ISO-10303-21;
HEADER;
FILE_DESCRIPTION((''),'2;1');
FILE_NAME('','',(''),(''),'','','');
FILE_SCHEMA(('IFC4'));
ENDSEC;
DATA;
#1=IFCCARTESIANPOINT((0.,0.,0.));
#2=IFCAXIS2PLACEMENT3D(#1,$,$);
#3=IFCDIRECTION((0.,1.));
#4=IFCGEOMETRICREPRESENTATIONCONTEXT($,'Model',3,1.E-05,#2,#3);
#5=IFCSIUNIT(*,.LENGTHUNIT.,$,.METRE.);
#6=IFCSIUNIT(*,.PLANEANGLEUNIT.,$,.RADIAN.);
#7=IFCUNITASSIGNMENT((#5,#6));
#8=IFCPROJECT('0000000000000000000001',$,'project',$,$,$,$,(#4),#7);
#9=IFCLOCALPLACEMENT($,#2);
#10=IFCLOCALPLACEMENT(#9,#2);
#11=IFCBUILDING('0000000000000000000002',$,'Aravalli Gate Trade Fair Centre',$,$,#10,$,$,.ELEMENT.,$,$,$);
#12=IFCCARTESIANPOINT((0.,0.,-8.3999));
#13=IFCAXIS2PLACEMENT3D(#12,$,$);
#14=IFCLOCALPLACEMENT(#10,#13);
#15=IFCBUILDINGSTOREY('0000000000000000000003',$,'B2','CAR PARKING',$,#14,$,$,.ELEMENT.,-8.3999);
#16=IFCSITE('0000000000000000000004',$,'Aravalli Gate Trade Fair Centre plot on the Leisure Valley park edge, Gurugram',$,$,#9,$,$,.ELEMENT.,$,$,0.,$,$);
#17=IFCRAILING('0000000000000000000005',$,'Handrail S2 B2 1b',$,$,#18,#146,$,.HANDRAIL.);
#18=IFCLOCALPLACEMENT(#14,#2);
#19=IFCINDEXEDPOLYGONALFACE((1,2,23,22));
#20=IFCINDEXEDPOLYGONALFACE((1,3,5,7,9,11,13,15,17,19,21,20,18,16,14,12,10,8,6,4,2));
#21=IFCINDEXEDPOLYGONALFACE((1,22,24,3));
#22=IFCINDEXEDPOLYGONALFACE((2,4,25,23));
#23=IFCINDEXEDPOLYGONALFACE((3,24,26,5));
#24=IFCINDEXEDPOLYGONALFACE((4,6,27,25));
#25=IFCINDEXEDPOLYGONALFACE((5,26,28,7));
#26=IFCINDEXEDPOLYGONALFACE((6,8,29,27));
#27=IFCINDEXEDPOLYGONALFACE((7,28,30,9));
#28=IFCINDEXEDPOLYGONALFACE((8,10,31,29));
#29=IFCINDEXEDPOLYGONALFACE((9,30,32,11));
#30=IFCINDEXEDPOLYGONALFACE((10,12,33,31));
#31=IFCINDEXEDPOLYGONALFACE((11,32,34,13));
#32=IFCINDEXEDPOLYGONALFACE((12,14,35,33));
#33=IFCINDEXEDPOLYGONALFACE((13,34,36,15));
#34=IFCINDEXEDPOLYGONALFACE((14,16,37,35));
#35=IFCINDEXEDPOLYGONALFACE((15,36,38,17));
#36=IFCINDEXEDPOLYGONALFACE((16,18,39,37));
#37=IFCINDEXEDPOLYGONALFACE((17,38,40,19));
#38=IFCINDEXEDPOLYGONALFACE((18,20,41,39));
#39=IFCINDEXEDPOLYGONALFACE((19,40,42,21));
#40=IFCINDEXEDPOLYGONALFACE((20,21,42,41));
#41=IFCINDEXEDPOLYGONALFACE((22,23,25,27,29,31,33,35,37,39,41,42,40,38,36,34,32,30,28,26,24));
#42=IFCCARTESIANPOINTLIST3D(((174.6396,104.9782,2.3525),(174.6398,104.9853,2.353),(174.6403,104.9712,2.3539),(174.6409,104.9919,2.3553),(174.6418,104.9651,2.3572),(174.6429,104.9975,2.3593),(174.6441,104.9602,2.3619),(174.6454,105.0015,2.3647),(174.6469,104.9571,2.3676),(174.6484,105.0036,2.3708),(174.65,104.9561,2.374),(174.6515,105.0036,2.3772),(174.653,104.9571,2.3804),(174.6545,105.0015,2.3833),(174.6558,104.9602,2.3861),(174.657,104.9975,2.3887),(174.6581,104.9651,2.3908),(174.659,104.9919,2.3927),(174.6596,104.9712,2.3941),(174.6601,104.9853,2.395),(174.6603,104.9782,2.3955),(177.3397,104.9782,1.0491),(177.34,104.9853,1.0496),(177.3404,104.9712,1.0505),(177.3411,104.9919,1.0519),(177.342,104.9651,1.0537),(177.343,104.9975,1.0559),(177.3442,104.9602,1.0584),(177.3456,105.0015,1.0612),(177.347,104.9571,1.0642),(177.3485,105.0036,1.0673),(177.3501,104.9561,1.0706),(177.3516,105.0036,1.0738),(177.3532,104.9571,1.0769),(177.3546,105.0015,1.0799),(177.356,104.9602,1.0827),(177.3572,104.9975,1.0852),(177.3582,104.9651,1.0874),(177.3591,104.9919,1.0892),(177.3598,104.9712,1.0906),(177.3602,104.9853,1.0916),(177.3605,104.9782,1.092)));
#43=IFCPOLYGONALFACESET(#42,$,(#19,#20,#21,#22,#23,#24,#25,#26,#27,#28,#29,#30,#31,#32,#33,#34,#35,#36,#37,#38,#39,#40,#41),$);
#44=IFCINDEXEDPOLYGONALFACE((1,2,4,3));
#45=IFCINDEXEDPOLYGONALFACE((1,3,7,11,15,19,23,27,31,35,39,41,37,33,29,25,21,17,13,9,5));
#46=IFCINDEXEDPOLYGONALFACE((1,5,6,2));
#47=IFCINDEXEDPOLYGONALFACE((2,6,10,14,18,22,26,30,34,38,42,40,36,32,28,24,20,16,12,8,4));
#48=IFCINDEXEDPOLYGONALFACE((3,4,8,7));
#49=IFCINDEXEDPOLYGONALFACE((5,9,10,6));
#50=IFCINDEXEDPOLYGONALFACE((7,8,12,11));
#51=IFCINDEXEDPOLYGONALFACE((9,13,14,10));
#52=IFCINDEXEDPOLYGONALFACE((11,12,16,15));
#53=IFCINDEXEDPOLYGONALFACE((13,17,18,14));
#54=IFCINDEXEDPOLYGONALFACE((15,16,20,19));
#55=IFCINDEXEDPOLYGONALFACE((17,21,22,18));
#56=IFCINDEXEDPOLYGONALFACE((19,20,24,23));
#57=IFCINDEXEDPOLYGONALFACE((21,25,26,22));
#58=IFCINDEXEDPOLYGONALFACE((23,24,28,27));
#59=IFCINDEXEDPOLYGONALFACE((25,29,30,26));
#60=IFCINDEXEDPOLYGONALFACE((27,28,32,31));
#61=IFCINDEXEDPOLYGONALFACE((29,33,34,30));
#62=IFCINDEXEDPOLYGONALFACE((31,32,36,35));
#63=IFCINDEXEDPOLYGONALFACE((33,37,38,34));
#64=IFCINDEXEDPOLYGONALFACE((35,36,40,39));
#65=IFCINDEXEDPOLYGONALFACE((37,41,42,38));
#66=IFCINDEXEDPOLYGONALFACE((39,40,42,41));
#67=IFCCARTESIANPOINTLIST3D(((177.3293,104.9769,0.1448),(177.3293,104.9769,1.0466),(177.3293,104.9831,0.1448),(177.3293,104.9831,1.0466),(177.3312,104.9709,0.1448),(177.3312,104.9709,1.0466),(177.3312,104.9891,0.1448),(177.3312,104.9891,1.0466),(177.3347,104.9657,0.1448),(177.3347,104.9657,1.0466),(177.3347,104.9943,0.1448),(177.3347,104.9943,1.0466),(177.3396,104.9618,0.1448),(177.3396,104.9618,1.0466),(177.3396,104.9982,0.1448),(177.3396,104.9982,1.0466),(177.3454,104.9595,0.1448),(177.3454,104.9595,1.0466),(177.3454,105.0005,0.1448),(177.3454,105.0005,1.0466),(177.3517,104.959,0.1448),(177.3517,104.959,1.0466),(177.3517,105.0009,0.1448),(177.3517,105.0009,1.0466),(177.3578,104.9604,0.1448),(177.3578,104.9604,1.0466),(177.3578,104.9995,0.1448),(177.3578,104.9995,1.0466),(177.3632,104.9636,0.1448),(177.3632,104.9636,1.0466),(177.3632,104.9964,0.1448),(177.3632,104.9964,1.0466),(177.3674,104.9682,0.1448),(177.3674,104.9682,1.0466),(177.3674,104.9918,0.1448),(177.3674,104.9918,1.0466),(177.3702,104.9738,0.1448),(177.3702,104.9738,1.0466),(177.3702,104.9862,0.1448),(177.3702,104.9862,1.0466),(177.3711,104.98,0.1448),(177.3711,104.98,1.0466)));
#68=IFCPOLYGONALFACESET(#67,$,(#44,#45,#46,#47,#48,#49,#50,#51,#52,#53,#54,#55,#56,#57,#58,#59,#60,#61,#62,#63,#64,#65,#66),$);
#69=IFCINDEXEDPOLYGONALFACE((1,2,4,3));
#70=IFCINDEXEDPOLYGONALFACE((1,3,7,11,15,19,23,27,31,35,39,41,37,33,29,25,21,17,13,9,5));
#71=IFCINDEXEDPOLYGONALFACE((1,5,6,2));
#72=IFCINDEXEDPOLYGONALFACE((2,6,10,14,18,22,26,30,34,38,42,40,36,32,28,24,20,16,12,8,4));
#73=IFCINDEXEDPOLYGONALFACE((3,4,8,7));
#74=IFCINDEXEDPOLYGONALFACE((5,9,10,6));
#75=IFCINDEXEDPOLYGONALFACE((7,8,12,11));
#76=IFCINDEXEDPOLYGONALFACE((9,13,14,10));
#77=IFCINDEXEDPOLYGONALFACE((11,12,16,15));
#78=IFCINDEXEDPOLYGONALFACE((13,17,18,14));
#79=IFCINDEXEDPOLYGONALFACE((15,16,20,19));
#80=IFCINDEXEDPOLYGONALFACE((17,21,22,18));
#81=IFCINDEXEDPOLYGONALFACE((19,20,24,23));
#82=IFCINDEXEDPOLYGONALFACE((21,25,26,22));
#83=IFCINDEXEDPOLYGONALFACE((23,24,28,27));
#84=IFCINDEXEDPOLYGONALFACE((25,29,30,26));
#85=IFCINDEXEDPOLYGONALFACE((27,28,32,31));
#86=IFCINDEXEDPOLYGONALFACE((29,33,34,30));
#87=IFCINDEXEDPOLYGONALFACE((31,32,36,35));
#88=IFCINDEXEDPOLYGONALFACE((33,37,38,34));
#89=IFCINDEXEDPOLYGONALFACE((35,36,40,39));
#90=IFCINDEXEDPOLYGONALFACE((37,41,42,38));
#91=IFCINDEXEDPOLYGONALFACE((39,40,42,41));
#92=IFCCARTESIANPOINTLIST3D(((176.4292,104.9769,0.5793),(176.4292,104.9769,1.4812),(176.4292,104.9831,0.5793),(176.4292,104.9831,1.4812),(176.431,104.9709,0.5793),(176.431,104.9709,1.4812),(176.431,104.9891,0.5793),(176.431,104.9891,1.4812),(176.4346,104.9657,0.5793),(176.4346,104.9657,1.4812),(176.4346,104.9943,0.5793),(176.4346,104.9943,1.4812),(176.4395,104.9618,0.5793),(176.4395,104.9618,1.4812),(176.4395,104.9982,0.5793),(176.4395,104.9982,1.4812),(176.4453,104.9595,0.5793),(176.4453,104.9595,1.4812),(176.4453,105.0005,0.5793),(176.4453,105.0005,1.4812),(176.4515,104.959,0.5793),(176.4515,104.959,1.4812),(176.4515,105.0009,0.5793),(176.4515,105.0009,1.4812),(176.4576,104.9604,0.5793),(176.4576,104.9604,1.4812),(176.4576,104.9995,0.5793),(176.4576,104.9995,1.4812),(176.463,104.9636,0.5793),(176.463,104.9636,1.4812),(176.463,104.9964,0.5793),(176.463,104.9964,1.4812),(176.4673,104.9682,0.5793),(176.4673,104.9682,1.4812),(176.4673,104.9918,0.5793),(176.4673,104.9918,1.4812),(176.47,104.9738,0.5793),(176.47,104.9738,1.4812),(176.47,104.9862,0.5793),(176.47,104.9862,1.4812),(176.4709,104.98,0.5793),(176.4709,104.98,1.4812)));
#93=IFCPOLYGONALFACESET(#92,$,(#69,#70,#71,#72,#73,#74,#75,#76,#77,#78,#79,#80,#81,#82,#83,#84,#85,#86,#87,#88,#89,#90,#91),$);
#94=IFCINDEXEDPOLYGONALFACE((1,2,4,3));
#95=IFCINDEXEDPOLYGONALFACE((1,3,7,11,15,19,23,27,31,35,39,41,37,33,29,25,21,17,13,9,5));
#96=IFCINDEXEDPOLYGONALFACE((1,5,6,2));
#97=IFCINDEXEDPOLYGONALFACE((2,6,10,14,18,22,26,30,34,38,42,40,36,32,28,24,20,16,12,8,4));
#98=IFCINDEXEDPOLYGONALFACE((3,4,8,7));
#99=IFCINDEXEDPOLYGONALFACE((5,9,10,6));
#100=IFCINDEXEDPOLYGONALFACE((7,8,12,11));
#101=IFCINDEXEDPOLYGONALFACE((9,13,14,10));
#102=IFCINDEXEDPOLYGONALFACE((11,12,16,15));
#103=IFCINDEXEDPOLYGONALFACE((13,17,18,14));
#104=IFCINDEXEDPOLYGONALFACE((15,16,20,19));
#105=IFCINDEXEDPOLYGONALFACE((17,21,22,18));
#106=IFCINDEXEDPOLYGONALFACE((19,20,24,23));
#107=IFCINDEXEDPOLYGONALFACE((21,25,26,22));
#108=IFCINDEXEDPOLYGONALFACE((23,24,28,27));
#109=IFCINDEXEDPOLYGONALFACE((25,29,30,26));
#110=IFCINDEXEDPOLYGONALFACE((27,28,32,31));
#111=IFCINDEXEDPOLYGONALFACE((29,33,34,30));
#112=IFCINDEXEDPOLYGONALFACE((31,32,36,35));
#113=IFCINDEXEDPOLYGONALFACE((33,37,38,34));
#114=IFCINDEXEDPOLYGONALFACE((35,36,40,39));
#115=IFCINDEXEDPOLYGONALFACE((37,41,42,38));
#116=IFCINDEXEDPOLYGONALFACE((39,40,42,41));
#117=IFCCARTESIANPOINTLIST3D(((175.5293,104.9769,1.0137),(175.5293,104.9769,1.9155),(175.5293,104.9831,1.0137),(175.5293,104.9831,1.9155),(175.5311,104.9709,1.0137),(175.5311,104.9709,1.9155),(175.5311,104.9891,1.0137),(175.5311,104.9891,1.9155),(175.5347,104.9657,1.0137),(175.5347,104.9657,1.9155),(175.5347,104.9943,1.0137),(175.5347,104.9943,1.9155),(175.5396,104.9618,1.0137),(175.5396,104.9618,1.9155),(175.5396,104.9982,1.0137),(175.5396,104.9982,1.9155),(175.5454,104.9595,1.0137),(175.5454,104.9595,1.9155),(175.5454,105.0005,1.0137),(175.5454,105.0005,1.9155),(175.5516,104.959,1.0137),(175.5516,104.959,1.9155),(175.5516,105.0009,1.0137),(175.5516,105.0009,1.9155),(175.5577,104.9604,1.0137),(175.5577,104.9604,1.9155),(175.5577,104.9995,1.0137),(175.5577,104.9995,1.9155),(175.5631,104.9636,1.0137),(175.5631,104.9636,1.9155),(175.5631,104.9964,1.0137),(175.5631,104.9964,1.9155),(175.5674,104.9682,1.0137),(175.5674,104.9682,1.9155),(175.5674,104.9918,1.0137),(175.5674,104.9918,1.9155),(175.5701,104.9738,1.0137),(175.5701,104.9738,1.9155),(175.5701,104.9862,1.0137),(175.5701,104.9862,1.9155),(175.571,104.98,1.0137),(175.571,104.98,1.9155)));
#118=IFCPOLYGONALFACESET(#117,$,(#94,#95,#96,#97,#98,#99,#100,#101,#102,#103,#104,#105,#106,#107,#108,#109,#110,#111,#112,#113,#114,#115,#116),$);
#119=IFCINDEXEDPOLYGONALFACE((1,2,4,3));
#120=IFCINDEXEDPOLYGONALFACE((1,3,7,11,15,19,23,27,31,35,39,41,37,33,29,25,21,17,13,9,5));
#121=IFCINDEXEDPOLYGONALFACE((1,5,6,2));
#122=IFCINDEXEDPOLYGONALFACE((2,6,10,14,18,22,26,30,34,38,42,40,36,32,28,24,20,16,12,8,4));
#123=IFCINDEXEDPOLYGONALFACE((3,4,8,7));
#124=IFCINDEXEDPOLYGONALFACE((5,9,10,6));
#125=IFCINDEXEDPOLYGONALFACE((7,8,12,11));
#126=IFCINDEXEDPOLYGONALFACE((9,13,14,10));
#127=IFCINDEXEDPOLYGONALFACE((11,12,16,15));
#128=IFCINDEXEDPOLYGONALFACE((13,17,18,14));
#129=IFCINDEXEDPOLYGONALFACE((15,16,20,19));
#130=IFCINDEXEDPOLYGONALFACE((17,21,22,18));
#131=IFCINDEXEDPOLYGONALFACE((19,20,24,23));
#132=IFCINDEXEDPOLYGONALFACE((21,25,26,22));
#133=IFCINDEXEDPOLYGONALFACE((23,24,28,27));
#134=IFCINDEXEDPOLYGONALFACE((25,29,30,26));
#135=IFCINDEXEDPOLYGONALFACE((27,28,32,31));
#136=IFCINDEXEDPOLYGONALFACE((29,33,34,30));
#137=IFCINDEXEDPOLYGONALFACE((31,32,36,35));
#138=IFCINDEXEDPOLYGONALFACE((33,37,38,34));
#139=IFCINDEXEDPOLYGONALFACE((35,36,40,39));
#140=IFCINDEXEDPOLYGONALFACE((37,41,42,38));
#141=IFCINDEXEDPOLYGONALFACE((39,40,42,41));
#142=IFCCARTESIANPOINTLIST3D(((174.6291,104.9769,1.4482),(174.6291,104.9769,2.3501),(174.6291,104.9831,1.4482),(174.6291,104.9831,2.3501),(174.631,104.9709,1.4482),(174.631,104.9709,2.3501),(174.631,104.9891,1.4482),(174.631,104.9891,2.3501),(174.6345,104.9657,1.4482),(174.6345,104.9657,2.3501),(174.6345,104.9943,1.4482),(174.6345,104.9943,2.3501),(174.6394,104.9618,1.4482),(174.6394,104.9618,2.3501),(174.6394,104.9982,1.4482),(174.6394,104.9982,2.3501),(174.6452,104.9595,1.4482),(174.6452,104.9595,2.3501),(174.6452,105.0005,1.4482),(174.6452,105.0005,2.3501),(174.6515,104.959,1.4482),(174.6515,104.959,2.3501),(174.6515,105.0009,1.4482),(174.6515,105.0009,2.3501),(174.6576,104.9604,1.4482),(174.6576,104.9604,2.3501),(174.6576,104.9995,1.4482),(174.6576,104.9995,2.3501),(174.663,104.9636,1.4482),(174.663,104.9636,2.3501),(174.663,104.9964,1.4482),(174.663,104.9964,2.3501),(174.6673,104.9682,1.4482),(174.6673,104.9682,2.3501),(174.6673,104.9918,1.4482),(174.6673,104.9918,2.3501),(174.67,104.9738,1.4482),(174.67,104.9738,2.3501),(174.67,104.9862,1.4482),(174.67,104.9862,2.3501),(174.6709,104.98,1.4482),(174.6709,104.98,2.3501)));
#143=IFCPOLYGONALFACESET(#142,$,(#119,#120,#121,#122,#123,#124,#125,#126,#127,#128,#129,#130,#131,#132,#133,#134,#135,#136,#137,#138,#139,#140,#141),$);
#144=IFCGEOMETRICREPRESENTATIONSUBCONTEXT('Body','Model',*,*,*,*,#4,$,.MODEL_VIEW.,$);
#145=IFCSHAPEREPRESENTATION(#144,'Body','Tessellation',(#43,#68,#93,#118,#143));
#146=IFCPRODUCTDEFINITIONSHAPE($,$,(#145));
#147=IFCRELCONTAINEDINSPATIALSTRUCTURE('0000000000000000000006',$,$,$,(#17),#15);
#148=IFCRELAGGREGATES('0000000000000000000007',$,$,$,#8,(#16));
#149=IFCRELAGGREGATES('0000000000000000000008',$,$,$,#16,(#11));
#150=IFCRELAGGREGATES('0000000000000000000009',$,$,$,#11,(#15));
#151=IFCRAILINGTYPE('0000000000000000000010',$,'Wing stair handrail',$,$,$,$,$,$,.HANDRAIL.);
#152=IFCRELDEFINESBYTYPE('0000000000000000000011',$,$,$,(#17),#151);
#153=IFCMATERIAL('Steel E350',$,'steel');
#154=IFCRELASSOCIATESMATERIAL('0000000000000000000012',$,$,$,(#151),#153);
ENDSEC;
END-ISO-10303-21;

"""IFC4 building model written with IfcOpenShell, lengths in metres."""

from ifc_helpers import new_model, si_unit, direction, frame, origin, origin_2d, place, context, subcontext, project, spatial, circle, extrude, material, type_object, element, save


model = new_model("IFC4")

# Units and contexts
model_context = context("Model", 3, precision=1e-05, world=origin(), true_north=direction((0.0, 1.0)))
body_context = subcontext(model_context, "Body", "Model", "MODEL_VIEW")
ifc_project = project(units=[si_unit("LENGTHUNIT", "METRE"), si_unit("PLANEANGLEUNIT", "RADIAN")], contexts=[model_context])

# Site, building, storey
site_placement = place(None, origin())
site = spatial("IfcSite", under=ifc_project, at=site_placement, Name="Aravalli Gate Trade Fair Centre plot on the Leisure Valley park edge, Gurugram", CompositionType="ELEMENT", RefElevation=0.0)
building_placement = place(site_placement, origin())
building = spatial("IfcBuilding", under=site, at=building_placement, Name="Aravalli Gate Trade Fair Centre", CompositionType="ELEMENT")
storey_placement = place(building_placement, frame((0.0, 0.0, -8.3999)))
storey = spatial("IfcBuildingStorey", under=building, at=storey_placement, Name="B2", Description="CAR PARKING", CompositionType="ELEMENT", Elevation=-8.3999)

# Shared definitions
ifc_material_1 = material(Name="Steel E350", Category="steel")

# Railing
railing_type = type_object("IfcRailingType", Name="Wing stair handrail", PredefinedType="HANDRAIL", material=ifc_material_1)
for number, where, name in (
    (1, (177.3501, 104.98, 0.1448), "Handrail S2 B2 1b"),
):
    element("IfcRailing", number, at=place(storey_placement, frame(where)), inside=storey, type_object=railing_type, Name=name, PredefinedType="HANDRAIL", context=body_context, shape_type="SweptSolid", body=[
        extrude(circle(Radius=0.0239, at=origin_2d()), frame((0.0, 0.0, 0.9258), z_axis=(-0.900562, 0.0, 0.434729), x_axis=(0.0, -1.0, 0.0)), (0.0, 0.0, 1.0), 2.9983),
        extrude(circle(Radius=0.021, at=origin_2d()), origin(), (0.0, 0.0, 1.0), 0.9019),
        extrude(circle(Radius=0.021, at=origin_2d()), frame((-0.9001, 0.0, 0.4346)), (0.0, 0.0, 1.0), 0.9019),
        extrude(circle(Radius=0.021, at=origin_2d()), frame((-1.8, 0.0, 0.8689)), (0.0, 0.0, 1.0), 0.9019),
        extrude(circle(Radius=0.021, at=origin_2d()), frame((-2.7002, 0.0, 1.3035)), (0.0, 0.0, 1.0), 0.9019),
    ])

save(model, "model.ifc")
